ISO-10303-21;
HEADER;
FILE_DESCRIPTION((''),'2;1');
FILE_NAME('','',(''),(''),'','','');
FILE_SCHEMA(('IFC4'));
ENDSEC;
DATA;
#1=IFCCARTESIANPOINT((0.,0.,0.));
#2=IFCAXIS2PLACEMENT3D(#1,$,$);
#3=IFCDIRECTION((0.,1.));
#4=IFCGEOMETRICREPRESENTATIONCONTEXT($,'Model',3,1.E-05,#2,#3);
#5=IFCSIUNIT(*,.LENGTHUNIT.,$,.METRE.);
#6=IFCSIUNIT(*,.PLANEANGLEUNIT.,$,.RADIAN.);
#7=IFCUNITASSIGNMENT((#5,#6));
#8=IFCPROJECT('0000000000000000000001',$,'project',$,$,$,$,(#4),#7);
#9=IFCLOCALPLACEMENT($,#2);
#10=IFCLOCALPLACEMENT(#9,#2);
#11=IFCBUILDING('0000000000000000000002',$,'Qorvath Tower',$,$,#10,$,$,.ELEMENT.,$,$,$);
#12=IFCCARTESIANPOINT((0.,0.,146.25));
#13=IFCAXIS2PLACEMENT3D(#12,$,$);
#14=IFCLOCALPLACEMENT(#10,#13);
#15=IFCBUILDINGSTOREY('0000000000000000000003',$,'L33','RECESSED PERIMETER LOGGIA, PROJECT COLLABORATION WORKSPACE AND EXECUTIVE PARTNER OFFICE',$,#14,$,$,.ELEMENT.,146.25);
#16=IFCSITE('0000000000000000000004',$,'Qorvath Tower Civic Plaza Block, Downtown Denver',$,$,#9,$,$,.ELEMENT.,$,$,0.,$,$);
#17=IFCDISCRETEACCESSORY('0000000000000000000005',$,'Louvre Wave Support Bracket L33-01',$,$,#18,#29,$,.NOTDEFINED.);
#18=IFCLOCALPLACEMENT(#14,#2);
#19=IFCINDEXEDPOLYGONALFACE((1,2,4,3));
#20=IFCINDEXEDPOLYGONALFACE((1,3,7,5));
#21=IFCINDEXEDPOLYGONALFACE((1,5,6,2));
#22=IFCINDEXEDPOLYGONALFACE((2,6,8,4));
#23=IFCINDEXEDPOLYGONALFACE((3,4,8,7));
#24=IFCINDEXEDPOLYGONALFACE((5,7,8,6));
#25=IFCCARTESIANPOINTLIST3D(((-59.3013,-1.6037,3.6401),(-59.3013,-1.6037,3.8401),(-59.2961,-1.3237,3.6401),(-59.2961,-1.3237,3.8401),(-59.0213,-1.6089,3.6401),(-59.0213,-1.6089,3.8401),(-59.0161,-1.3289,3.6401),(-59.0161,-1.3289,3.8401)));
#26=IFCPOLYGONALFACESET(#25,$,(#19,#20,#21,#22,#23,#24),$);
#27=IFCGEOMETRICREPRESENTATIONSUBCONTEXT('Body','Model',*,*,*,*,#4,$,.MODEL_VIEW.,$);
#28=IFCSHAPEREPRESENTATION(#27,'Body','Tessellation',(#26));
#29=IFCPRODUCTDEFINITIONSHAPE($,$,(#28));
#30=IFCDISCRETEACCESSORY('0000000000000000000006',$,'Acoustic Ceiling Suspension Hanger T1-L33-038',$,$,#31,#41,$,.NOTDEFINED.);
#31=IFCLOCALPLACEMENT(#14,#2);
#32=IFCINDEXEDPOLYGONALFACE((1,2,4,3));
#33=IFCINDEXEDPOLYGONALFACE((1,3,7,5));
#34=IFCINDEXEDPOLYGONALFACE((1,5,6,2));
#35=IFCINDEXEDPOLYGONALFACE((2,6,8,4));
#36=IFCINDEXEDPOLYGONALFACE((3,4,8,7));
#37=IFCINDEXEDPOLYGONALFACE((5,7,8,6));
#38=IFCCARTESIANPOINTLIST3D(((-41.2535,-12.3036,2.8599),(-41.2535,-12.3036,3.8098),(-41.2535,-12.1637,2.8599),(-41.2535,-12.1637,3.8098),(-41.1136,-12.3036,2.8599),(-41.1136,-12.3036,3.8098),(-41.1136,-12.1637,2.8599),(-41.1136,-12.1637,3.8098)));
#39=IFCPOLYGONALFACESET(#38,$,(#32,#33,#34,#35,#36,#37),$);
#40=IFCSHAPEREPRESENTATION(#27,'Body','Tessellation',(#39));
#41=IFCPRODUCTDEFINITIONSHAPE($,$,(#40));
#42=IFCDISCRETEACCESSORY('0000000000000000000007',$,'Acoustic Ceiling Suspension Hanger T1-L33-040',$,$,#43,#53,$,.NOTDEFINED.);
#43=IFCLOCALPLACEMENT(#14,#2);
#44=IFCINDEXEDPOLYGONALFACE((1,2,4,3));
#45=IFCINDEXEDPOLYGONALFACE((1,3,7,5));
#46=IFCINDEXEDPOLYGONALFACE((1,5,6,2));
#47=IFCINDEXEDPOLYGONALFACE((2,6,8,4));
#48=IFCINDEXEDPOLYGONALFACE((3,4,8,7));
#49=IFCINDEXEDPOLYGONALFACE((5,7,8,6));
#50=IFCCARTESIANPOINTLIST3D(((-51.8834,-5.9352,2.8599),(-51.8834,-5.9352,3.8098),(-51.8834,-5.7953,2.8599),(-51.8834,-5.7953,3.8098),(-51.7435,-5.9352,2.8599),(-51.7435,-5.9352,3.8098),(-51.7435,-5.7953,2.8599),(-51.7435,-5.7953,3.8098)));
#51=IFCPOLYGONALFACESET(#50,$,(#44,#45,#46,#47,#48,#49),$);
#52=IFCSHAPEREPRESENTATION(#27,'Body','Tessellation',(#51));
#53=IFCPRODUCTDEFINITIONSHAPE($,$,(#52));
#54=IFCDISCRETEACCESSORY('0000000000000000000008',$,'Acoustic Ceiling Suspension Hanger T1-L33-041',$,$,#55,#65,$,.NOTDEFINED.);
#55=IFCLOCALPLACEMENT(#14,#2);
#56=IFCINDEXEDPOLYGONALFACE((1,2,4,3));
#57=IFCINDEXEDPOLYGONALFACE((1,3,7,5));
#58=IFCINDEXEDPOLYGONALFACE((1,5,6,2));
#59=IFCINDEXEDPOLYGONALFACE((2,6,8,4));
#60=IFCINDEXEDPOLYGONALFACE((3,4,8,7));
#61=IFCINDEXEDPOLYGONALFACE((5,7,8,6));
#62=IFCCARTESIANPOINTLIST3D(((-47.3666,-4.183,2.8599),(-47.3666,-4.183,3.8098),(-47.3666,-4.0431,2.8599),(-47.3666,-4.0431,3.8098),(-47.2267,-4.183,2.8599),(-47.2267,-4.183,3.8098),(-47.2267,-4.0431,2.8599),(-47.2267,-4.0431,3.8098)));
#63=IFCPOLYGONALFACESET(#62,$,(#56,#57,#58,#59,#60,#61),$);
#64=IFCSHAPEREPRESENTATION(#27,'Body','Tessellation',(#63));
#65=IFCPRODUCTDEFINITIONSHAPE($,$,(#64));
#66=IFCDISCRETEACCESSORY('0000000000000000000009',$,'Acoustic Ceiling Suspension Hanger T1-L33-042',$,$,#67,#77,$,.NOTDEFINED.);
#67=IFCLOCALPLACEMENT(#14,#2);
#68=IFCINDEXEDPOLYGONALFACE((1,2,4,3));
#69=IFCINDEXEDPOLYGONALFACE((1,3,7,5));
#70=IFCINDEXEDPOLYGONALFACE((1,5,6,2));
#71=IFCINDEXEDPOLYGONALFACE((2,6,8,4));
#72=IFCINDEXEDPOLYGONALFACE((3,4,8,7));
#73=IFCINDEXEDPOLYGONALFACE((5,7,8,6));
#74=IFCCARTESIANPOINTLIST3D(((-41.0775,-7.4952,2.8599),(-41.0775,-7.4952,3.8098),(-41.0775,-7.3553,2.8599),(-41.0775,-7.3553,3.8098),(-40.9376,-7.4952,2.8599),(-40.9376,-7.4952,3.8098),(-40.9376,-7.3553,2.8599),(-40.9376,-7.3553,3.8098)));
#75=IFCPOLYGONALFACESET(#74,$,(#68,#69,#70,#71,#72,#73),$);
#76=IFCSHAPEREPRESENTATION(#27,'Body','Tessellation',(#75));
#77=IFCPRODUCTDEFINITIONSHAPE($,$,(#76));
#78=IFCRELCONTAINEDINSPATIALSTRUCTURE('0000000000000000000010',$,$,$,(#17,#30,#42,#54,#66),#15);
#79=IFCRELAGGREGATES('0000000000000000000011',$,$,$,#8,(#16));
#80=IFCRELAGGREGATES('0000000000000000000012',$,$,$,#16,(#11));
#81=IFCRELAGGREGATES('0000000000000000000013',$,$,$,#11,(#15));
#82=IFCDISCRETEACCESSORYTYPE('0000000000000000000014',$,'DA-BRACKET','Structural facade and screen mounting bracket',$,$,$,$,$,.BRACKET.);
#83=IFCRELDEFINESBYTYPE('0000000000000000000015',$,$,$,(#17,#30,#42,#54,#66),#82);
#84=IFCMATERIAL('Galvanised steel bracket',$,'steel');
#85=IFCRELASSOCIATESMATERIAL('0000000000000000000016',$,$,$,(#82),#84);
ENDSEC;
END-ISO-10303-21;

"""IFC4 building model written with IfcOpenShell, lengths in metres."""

from ifc_helpers import new_model, si_unit, direction, frame, origin, origin_2d, place, context, subcontext, project, spatial, rectangle, extrude, material, type_object, element, save


model = new_model("IFC4")

# Units and contexts
model_context = context("Model", 3, precision=1e-05, world=origin(), true_north=direction((0.0, 1.0)))
body_context = subcontext(model_context, "Body", "Model", "MODEL_VIEW")
ifc_project = project(units=[si_unit("LENGTHUNIT", "METRE"), si_unit("PLANEANGLEUNIT", "RADIAN")], contexts=[model_context])

# Site, building, storey
site_placement = place(None, origin())
site = spatial("IfcSite", under=ifc_project, at=site_placement, Name="Qorvath Tower Civic Plaza Block, Downtown Denver", CompositionType="ELEMENT", RefElevation=0.0)
building_placement = place(site_placement, origin())
building = spatial("IfcBuilding", under=site, at=building_placement, Name="Qorvath Tower", CompositionType="ELEMENT")
storey_placement = place(building_placement, frame((0.0, 0.0, 146.25)))
storey = spatial("IfcBuildingStorey", under=building, at=storey_placement, Name="L33", Description="RECESSED PERIMETER LOGGIA, PROJECT COLLABORATION WORKSPACE AND EXECUTIVE PARTNER OFFICE", CompositionType="ELEMENT", Elevation=146.25)

# Discrete accessories
ifc_material_1 = material(Name="Galvanised steel bracket", Category="steel")
discrete_accessory_type = type_object("IfcDiscreteAccessoryType", Name="DA-BRACKET", Description="Structural facade and screen mounting bracket", PredefinedType="BRACKET", material=ifc_material_1)
discrete_accessory_placement = place(storey_placement, frame((-59.1587, -1.4663, 3.6401), z_axis=(0.0, 0.0, 1.0), x_axis=(-0.018501, -0.999829, 0.0)))
element("IfcDiscreteAccessory", 1, at=discrete_accessory_placement, inside=storey, type_object=discrete_accessory_type, Name="Louvre Wave Support Bracket L33-01", PredefinedType="NOTDEFINED", context=body_context, shape_type="SweptSolid", body=[
    extrude(rectangle(XDim=0.28, YDim=0.28, at=origin_2d()), origin(), (0.0, 0.0, 1.0), 0.2),
])
for number, where, z_axis, x_axis, name in (
    (2, (-41.1836, -12.2336, 2.8599), (0.0, 0.0, 1.0), (1.0, 0.0, 0.0), "Acoustic Ceiling Suspension Hanger T1-L33-038"),
    (3, (-51.8135, -5.8652, 2.8599), (0.0, 0.0, 1.0), (1.0, 0.0, 0.0), "Acoustic Ceiling Suspension Hanger T1-L33-040"),
    (4, (-47.2966, -4.113, 2.8599), (0.0, 0.0, 1.0), (1.0, 0.0, 0.0), "Acoustic Ceiling Suspension Hanger T1-L33-041"),
    (5, (-41.0076, -7.4253, 2.8599), (0.0, 0.0, 1.0), (1.0, 0.0, 0.0), "Acoustic Ceiling Suspension Hanger T1-L33-042"),
):
    element("IfcDiscreteAccessory", number, at=place(storey_placement, frame(where, z_axis=z_axis, x_axis=x_axis)), inside=storey, type_object=discrete_accessory_type, Name=name, PredefinedType="NOTDEFINED", context=body_context, shape_type="SweptSolid", body=[
        extrude(rectangle(XDim=0.1399, YDim=0.1399, at=origin_2d()), origin(), (0.0, 0.0, 1.0), 0.95),
    ])

save(model, "model.ifc")
